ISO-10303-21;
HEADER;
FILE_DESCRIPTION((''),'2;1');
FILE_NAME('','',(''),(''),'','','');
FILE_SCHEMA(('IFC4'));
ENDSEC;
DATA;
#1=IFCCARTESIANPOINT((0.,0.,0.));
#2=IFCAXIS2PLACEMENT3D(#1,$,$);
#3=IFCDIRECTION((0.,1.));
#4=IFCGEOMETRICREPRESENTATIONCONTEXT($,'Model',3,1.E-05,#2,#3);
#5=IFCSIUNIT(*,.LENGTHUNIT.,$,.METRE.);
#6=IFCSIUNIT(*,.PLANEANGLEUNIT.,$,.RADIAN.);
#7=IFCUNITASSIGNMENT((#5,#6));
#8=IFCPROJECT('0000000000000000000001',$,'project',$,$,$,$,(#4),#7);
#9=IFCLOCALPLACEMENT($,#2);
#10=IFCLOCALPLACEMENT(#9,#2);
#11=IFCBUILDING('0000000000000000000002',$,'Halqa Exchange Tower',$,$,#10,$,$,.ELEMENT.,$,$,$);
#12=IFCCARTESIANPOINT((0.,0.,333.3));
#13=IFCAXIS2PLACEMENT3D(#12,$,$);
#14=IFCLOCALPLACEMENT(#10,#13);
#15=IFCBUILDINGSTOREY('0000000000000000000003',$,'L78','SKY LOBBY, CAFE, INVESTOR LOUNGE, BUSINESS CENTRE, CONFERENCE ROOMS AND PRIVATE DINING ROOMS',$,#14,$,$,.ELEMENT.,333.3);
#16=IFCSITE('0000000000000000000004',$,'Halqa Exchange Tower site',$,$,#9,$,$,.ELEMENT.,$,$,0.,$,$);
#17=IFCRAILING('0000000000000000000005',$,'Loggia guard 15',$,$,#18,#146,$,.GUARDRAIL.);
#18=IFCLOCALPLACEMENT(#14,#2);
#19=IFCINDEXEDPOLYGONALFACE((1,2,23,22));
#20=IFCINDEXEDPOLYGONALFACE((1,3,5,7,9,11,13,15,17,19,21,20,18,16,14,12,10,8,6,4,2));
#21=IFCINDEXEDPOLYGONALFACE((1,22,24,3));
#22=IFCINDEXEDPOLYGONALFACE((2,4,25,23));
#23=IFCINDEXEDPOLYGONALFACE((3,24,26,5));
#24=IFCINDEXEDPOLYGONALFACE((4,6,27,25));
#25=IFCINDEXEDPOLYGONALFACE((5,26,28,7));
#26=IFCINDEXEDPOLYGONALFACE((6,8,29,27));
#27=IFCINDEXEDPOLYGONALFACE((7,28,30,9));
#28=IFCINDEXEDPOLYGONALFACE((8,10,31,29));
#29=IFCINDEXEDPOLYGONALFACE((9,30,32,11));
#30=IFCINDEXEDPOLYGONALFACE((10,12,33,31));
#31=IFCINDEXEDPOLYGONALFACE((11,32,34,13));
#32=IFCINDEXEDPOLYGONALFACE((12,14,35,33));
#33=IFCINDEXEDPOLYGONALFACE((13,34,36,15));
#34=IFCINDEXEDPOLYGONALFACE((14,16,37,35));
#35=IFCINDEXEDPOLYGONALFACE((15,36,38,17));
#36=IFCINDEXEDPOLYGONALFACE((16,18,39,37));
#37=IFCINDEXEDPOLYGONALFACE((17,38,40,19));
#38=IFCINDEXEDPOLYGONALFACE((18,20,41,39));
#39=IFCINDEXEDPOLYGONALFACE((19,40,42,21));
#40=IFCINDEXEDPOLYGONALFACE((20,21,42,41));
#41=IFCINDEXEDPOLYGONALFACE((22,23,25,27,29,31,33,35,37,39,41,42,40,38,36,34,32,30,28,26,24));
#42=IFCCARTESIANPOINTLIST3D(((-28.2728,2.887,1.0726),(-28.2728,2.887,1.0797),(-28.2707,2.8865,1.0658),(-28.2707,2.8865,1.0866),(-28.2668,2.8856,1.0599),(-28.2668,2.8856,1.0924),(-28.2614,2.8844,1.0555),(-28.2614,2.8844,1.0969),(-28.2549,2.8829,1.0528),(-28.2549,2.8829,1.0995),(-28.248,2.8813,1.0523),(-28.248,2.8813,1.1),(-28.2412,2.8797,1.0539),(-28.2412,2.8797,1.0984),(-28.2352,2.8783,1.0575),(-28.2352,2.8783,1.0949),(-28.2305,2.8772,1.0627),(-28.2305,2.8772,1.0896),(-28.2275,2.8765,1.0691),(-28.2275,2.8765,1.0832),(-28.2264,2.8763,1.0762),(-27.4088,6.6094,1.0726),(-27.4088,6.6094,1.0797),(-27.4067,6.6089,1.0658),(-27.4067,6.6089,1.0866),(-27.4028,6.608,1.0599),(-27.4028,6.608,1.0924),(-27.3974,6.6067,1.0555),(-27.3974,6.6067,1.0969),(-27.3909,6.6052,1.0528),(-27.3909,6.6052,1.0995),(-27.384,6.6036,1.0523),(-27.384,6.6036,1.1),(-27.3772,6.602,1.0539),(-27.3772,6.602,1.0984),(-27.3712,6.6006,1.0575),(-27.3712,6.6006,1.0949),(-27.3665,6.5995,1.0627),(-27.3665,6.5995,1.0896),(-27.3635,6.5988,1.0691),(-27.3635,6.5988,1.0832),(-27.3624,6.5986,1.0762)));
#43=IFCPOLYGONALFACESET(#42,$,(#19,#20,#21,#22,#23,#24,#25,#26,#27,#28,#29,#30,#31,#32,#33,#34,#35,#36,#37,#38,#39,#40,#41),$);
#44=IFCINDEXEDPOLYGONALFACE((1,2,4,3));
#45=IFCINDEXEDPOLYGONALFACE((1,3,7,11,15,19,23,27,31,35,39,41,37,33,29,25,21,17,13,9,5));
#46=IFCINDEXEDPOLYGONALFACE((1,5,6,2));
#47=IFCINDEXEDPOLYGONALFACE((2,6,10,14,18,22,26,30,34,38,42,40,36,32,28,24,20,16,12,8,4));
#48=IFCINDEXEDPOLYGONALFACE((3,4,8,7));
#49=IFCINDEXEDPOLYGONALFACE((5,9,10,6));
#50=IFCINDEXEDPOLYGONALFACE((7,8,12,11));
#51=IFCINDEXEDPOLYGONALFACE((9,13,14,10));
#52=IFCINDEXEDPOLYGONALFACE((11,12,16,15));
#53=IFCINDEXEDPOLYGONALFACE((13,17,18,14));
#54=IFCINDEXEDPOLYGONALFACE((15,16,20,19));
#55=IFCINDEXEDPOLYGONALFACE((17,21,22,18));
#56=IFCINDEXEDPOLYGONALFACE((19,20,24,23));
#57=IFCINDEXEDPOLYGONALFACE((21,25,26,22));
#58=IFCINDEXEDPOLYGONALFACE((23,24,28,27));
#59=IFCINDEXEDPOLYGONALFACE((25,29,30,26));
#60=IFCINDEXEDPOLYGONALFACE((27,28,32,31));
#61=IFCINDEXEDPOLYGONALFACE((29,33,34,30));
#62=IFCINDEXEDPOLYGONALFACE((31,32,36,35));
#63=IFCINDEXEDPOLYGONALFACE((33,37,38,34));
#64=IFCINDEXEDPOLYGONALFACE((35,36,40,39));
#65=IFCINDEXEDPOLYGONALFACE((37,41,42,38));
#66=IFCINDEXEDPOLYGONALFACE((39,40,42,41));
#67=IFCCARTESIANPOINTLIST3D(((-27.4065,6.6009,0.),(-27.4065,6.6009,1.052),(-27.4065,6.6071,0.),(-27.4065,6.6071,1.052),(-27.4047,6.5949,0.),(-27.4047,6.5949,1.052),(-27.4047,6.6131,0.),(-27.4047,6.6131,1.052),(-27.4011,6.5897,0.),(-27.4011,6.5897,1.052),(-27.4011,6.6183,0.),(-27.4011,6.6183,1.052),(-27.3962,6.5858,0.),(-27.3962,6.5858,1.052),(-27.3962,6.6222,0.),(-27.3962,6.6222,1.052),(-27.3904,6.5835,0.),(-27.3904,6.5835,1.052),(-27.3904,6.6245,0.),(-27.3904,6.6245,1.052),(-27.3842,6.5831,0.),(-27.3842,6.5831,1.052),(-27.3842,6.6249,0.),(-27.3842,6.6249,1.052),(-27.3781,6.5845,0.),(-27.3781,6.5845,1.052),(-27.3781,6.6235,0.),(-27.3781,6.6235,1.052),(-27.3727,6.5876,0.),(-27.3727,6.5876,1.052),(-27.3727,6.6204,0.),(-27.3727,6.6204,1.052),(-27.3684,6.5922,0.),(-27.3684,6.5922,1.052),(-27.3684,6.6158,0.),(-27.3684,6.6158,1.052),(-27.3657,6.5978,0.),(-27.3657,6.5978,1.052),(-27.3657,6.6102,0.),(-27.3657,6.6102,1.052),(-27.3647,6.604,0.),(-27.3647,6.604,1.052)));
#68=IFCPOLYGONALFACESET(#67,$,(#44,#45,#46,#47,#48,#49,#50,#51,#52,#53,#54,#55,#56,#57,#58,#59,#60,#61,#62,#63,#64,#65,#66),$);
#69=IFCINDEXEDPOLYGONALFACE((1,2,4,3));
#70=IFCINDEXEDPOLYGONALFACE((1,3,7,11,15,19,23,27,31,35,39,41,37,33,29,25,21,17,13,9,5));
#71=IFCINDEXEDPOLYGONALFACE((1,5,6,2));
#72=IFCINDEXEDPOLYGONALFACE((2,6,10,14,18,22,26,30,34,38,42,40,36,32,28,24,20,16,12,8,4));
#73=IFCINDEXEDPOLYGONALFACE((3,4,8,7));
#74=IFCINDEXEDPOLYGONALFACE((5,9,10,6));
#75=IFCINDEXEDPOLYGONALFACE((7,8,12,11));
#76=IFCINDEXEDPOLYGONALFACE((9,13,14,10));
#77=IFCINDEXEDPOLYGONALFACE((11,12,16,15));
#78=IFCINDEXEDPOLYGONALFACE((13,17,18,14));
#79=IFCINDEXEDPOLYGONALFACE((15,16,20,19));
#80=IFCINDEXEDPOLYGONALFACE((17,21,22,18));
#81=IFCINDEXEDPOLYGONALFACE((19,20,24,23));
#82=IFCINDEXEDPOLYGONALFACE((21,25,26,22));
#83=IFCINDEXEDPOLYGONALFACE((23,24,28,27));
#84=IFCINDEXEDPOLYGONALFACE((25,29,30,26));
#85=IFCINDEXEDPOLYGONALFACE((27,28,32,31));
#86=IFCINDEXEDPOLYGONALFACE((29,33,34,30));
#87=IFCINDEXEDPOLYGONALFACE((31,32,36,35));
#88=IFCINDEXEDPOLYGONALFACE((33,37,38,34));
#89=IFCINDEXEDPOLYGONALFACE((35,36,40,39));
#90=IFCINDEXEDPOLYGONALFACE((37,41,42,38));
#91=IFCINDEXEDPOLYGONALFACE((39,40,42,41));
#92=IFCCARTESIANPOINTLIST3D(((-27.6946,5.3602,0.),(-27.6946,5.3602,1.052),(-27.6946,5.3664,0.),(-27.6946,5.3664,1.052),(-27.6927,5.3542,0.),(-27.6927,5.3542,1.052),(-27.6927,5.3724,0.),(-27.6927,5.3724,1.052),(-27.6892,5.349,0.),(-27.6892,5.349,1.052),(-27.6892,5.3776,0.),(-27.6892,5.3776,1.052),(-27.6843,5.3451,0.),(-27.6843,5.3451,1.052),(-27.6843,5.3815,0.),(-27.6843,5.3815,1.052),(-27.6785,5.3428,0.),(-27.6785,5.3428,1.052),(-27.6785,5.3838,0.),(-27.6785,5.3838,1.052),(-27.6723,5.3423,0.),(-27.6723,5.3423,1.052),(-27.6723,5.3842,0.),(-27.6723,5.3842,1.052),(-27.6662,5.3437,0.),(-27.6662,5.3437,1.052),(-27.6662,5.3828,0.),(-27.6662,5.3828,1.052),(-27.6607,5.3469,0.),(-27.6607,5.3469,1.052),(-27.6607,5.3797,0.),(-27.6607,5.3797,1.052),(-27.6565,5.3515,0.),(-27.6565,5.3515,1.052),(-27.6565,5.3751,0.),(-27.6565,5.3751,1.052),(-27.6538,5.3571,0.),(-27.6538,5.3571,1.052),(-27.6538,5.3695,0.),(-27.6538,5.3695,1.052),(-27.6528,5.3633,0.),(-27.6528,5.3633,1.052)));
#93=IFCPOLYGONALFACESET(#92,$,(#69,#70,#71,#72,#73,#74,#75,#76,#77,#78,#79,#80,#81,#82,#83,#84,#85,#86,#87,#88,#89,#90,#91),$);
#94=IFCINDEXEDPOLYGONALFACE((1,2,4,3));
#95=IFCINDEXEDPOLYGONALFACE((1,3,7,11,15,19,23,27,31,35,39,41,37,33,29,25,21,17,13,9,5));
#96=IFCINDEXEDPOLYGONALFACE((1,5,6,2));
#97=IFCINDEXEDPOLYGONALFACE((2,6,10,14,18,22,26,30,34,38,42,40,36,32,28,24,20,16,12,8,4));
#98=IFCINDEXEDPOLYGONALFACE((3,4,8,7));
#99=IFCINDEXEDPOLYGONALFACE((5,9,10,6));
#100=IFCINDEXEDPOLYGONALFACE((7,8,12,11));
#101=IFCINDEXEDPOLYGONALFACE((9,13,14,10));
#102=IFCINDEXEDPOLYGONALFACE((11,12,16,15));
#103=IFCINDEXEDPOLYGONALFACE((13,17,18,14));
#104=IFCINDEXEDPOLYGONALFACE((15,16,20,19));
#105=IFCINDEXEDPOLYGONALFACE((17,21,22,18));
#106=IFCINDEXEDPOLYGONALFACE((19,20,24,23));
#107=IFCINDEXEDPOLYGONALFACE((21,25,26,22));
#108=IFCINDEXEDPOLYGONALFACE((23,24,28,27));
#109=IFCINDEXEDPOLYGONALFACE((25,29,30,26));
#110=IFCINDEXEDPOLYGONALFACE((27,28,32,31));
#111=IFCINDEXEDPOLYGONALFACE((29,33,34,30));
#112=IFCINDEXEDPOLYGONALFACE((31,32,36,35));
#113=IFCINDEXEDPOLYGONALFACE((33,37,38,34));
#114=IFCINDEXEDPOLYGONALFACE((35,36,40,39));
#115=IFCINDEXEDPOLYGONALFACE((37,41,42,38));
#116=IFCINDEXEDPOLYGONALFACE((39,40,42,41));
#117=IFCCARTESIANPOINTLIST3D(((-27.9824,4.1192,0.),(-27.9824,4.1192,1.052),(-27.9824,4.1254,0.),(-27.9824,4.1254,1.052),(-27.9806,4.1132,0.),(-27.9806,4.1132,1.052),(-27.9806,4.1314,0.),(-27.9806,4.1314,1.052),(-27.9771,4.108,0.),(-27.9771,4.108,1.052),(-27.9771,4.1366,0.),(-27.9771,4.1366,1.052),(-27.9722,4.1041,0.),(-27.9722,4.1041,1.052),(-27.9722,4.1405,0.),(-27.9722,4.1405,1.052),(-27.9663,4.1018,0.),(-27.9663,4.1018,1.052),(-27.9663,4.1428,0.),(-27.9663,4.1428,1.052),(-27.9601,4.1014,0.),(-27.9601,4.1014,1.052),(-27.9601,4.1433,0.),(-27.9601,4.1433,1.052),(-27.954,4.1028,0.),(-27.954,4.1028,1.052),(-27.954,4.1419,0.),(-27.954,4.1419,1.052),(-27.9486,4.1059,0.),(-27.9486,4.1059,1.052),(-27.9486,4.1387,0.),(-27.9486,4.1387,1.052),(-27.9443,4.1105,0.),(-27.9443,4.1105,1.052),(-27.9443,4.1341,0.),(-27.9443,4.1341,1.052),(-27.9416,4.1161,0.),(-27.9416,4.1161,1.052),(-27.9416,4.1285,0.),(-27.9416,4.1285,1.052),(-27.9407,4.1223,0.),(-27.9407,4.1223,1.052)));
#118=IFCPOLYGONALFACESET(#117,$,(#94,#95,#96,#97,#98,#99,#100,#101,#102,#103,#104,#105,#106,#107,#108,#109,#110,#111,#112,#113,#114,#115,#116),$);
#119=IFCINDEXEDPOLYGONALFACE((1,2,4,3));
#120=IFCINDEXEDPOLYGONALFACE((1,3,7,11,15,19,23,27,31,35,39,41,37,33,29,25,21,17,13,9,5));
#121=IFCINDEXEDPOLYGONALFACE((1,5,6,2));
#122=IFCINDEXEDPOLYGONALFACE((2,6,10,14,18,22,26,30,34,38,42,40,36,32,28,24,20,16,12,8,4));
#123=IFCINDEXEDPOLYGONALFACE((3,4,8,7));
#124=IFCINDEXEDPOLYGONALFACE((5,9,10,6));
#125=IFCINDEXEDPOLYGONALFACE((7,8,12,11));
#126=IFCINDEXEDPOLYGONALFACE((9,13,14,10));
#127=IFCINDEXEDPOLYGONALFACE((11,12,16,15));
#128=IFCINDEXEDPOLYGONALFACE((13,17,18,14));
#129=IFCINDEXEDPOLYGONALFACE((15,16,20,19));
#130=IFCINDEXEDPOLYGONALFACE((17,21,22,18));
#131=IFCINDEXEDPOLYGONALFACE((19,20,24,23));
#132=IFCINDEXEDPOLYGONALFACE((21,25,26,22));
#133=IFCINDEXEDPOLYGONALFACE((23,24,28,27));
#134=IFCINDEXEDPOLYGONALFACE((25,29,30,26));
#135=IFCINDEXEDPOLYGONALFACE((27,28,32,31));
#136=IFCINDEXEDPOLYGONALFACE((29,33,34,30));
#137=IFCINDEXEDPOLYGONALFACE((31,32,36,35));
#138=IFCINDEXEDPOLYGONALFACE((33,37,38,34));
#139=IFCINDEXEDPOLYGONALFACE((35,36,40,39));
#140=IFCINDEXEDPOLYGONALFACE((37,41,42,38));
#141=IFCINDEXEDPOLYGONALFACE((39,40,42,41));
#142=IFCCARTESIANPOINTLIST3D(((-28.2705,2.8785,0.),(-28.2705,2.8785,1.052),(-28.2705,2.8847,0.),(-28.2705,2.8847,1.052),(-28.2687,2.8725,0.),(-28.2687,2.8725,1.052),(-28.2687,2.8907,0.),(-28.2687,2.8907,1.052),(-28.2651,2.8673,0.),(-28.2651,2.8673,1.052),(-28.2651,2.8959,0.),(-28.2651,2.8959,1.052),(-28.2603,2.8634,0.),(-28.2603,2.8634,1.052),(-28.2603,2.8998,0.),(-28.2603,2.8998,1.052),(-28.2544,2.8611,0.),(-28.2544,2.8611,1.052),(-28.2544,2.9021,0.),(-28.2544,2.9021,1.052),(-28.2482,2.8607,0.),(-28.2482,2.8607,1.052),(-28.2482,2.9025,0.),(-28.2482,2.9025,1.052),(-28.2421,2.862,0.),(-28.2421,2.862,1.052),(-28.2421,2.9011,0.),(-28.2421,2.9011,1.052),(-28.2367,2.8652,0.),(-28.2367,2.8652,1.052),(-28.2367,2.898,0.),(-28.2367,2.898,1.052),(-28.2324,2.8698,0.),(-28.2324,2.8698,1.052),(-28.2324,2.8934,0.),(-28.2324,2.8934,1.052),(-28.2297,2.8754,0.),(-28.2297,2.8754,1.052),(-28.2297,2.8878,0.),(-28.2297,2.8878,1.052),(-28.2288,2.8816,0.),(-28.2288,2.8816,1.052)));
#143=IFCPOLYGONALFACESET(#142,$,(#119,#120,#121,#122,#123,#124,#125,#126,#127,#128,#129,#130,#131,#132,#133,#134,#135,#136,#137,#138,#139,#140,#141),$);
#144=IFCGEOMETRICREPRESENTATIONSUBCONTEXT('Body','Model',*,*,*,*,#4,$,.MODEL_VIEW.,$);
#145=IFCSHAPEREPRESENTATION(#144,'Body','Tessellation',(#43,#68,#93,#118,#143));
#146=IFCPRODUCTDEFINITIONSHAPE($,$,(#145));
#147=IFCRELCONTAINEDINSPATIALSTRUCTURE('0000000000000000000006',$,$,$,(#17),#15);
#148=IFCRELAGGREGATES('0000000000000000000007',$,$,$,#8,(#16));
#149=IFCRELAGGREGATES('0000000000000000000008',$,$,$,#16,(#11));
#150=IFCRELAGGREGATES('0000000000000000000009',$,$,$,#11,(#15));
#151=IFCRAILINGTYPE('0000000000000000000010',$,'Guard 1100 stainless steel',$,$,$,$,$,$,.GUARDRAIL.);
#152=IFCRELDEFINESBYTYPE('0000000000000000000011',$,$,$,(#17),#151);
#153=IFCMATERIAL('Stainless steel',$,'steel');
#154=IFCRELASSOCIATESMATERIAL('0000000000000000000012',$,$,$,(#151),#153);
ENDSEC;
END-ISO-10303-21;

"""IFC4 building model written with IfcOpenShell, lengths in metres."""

from ifc_helpers import new_model, si_unit, direction, frame, origin, origin_2d, place, context, subcontext, project, spatial, circle, extrude, material, type_object, element, save


model = new_model("IFC4")

# Units and contexts
model_context = context("Model", 3, precision=1e-05, world=origin(), true_north=direction((0.0, 1.0)))
body_context = subcontext(model_context, "Body", "Model", "MODEL_VIEW")
ifc_project = project(units=[si_unit("LENGTHUNIT", "METRE"), si_unit("PLANEANGLEUNIT", "RADIAN")], contexts=[model_context])

# Site, building, storey
site_placement = place(None, origin())
site = spatial("IfcSite", under=ifc_project, at=site_placement, Name="Halqa Exchange Tower site", CompositionType="ELEMENT", RefElevation=0.0)
building_placement = place(site_placement, origin())
building = spatial("IfcBuilding", under=site, at=building_placement, Name="Halqa Exchange Tower", CompositionType="ELEMENT")
storey_placement = place(building_placement, frame((0.0, 0.0, 333.3)))
storey = spatial("IfcBuildingStorey", under=building, at=storey_placement, Name="L78", Description="SKY LOBBY, CAFE, INVESTOR LOUNGE, BUSINESS CENTRE, CONFERENCE ROOMS AND PRIVATE DINING ROOMS", CompositionType="ELEMENT", Elevation=333.3)

# Railing
ifc_material_1 = material(Name="Stainless steel", Category="steel")
railing_type = type_object("IfcRailingType", Name="Guard 1100 stainless steel", PredefinedType="GUARDRAIL", material=ifc_material_1)
railing_1_placement = place(storey_placement, frame((-27.3857, 6.604, 0.0)))
element("IfcRailing", 1, at=railing_1_placement, inside=storey, type_object=railing_type, Name="Loggia guard 15", PredefinedType="GUARDRAIL", context=body_context, shape_type="SweptSolid", body=[
    extrude(circle(Radius=0.0239, at=origin_2d()), frame((0.0, 0.0, 1.0762), z_axis=(-0.2261, -0.974104, 0.0), x_axis=(0.974104, -0.2261, 0.0)), (0.0, 0.0, 1.0), 3.8213),
    extrude(circle(Radius=0.021, at=origin_2d()), origin(), (0.0, 0.0, 1.0), 1.052),
    extrude(circle(Radius=0.021, at=origin_2d()), frame((-0.2881, -1.2407, 0.0)), (0.0, 0.0, 1.0), 1.052),
    extrude(circle(Radius=0.021, at=origin_2d()), frame((-0.5759, -2.4817, 0.0)), (0.0, 0.0, 1.0), 1.052),
    extrude(circle(Radius=0.021, at=origin_2d()), frame((-0.864, -3.7224, 0.0)), (0.0, 0.0, 1.0), 1.052),
])

save(model, "model.ifc")
